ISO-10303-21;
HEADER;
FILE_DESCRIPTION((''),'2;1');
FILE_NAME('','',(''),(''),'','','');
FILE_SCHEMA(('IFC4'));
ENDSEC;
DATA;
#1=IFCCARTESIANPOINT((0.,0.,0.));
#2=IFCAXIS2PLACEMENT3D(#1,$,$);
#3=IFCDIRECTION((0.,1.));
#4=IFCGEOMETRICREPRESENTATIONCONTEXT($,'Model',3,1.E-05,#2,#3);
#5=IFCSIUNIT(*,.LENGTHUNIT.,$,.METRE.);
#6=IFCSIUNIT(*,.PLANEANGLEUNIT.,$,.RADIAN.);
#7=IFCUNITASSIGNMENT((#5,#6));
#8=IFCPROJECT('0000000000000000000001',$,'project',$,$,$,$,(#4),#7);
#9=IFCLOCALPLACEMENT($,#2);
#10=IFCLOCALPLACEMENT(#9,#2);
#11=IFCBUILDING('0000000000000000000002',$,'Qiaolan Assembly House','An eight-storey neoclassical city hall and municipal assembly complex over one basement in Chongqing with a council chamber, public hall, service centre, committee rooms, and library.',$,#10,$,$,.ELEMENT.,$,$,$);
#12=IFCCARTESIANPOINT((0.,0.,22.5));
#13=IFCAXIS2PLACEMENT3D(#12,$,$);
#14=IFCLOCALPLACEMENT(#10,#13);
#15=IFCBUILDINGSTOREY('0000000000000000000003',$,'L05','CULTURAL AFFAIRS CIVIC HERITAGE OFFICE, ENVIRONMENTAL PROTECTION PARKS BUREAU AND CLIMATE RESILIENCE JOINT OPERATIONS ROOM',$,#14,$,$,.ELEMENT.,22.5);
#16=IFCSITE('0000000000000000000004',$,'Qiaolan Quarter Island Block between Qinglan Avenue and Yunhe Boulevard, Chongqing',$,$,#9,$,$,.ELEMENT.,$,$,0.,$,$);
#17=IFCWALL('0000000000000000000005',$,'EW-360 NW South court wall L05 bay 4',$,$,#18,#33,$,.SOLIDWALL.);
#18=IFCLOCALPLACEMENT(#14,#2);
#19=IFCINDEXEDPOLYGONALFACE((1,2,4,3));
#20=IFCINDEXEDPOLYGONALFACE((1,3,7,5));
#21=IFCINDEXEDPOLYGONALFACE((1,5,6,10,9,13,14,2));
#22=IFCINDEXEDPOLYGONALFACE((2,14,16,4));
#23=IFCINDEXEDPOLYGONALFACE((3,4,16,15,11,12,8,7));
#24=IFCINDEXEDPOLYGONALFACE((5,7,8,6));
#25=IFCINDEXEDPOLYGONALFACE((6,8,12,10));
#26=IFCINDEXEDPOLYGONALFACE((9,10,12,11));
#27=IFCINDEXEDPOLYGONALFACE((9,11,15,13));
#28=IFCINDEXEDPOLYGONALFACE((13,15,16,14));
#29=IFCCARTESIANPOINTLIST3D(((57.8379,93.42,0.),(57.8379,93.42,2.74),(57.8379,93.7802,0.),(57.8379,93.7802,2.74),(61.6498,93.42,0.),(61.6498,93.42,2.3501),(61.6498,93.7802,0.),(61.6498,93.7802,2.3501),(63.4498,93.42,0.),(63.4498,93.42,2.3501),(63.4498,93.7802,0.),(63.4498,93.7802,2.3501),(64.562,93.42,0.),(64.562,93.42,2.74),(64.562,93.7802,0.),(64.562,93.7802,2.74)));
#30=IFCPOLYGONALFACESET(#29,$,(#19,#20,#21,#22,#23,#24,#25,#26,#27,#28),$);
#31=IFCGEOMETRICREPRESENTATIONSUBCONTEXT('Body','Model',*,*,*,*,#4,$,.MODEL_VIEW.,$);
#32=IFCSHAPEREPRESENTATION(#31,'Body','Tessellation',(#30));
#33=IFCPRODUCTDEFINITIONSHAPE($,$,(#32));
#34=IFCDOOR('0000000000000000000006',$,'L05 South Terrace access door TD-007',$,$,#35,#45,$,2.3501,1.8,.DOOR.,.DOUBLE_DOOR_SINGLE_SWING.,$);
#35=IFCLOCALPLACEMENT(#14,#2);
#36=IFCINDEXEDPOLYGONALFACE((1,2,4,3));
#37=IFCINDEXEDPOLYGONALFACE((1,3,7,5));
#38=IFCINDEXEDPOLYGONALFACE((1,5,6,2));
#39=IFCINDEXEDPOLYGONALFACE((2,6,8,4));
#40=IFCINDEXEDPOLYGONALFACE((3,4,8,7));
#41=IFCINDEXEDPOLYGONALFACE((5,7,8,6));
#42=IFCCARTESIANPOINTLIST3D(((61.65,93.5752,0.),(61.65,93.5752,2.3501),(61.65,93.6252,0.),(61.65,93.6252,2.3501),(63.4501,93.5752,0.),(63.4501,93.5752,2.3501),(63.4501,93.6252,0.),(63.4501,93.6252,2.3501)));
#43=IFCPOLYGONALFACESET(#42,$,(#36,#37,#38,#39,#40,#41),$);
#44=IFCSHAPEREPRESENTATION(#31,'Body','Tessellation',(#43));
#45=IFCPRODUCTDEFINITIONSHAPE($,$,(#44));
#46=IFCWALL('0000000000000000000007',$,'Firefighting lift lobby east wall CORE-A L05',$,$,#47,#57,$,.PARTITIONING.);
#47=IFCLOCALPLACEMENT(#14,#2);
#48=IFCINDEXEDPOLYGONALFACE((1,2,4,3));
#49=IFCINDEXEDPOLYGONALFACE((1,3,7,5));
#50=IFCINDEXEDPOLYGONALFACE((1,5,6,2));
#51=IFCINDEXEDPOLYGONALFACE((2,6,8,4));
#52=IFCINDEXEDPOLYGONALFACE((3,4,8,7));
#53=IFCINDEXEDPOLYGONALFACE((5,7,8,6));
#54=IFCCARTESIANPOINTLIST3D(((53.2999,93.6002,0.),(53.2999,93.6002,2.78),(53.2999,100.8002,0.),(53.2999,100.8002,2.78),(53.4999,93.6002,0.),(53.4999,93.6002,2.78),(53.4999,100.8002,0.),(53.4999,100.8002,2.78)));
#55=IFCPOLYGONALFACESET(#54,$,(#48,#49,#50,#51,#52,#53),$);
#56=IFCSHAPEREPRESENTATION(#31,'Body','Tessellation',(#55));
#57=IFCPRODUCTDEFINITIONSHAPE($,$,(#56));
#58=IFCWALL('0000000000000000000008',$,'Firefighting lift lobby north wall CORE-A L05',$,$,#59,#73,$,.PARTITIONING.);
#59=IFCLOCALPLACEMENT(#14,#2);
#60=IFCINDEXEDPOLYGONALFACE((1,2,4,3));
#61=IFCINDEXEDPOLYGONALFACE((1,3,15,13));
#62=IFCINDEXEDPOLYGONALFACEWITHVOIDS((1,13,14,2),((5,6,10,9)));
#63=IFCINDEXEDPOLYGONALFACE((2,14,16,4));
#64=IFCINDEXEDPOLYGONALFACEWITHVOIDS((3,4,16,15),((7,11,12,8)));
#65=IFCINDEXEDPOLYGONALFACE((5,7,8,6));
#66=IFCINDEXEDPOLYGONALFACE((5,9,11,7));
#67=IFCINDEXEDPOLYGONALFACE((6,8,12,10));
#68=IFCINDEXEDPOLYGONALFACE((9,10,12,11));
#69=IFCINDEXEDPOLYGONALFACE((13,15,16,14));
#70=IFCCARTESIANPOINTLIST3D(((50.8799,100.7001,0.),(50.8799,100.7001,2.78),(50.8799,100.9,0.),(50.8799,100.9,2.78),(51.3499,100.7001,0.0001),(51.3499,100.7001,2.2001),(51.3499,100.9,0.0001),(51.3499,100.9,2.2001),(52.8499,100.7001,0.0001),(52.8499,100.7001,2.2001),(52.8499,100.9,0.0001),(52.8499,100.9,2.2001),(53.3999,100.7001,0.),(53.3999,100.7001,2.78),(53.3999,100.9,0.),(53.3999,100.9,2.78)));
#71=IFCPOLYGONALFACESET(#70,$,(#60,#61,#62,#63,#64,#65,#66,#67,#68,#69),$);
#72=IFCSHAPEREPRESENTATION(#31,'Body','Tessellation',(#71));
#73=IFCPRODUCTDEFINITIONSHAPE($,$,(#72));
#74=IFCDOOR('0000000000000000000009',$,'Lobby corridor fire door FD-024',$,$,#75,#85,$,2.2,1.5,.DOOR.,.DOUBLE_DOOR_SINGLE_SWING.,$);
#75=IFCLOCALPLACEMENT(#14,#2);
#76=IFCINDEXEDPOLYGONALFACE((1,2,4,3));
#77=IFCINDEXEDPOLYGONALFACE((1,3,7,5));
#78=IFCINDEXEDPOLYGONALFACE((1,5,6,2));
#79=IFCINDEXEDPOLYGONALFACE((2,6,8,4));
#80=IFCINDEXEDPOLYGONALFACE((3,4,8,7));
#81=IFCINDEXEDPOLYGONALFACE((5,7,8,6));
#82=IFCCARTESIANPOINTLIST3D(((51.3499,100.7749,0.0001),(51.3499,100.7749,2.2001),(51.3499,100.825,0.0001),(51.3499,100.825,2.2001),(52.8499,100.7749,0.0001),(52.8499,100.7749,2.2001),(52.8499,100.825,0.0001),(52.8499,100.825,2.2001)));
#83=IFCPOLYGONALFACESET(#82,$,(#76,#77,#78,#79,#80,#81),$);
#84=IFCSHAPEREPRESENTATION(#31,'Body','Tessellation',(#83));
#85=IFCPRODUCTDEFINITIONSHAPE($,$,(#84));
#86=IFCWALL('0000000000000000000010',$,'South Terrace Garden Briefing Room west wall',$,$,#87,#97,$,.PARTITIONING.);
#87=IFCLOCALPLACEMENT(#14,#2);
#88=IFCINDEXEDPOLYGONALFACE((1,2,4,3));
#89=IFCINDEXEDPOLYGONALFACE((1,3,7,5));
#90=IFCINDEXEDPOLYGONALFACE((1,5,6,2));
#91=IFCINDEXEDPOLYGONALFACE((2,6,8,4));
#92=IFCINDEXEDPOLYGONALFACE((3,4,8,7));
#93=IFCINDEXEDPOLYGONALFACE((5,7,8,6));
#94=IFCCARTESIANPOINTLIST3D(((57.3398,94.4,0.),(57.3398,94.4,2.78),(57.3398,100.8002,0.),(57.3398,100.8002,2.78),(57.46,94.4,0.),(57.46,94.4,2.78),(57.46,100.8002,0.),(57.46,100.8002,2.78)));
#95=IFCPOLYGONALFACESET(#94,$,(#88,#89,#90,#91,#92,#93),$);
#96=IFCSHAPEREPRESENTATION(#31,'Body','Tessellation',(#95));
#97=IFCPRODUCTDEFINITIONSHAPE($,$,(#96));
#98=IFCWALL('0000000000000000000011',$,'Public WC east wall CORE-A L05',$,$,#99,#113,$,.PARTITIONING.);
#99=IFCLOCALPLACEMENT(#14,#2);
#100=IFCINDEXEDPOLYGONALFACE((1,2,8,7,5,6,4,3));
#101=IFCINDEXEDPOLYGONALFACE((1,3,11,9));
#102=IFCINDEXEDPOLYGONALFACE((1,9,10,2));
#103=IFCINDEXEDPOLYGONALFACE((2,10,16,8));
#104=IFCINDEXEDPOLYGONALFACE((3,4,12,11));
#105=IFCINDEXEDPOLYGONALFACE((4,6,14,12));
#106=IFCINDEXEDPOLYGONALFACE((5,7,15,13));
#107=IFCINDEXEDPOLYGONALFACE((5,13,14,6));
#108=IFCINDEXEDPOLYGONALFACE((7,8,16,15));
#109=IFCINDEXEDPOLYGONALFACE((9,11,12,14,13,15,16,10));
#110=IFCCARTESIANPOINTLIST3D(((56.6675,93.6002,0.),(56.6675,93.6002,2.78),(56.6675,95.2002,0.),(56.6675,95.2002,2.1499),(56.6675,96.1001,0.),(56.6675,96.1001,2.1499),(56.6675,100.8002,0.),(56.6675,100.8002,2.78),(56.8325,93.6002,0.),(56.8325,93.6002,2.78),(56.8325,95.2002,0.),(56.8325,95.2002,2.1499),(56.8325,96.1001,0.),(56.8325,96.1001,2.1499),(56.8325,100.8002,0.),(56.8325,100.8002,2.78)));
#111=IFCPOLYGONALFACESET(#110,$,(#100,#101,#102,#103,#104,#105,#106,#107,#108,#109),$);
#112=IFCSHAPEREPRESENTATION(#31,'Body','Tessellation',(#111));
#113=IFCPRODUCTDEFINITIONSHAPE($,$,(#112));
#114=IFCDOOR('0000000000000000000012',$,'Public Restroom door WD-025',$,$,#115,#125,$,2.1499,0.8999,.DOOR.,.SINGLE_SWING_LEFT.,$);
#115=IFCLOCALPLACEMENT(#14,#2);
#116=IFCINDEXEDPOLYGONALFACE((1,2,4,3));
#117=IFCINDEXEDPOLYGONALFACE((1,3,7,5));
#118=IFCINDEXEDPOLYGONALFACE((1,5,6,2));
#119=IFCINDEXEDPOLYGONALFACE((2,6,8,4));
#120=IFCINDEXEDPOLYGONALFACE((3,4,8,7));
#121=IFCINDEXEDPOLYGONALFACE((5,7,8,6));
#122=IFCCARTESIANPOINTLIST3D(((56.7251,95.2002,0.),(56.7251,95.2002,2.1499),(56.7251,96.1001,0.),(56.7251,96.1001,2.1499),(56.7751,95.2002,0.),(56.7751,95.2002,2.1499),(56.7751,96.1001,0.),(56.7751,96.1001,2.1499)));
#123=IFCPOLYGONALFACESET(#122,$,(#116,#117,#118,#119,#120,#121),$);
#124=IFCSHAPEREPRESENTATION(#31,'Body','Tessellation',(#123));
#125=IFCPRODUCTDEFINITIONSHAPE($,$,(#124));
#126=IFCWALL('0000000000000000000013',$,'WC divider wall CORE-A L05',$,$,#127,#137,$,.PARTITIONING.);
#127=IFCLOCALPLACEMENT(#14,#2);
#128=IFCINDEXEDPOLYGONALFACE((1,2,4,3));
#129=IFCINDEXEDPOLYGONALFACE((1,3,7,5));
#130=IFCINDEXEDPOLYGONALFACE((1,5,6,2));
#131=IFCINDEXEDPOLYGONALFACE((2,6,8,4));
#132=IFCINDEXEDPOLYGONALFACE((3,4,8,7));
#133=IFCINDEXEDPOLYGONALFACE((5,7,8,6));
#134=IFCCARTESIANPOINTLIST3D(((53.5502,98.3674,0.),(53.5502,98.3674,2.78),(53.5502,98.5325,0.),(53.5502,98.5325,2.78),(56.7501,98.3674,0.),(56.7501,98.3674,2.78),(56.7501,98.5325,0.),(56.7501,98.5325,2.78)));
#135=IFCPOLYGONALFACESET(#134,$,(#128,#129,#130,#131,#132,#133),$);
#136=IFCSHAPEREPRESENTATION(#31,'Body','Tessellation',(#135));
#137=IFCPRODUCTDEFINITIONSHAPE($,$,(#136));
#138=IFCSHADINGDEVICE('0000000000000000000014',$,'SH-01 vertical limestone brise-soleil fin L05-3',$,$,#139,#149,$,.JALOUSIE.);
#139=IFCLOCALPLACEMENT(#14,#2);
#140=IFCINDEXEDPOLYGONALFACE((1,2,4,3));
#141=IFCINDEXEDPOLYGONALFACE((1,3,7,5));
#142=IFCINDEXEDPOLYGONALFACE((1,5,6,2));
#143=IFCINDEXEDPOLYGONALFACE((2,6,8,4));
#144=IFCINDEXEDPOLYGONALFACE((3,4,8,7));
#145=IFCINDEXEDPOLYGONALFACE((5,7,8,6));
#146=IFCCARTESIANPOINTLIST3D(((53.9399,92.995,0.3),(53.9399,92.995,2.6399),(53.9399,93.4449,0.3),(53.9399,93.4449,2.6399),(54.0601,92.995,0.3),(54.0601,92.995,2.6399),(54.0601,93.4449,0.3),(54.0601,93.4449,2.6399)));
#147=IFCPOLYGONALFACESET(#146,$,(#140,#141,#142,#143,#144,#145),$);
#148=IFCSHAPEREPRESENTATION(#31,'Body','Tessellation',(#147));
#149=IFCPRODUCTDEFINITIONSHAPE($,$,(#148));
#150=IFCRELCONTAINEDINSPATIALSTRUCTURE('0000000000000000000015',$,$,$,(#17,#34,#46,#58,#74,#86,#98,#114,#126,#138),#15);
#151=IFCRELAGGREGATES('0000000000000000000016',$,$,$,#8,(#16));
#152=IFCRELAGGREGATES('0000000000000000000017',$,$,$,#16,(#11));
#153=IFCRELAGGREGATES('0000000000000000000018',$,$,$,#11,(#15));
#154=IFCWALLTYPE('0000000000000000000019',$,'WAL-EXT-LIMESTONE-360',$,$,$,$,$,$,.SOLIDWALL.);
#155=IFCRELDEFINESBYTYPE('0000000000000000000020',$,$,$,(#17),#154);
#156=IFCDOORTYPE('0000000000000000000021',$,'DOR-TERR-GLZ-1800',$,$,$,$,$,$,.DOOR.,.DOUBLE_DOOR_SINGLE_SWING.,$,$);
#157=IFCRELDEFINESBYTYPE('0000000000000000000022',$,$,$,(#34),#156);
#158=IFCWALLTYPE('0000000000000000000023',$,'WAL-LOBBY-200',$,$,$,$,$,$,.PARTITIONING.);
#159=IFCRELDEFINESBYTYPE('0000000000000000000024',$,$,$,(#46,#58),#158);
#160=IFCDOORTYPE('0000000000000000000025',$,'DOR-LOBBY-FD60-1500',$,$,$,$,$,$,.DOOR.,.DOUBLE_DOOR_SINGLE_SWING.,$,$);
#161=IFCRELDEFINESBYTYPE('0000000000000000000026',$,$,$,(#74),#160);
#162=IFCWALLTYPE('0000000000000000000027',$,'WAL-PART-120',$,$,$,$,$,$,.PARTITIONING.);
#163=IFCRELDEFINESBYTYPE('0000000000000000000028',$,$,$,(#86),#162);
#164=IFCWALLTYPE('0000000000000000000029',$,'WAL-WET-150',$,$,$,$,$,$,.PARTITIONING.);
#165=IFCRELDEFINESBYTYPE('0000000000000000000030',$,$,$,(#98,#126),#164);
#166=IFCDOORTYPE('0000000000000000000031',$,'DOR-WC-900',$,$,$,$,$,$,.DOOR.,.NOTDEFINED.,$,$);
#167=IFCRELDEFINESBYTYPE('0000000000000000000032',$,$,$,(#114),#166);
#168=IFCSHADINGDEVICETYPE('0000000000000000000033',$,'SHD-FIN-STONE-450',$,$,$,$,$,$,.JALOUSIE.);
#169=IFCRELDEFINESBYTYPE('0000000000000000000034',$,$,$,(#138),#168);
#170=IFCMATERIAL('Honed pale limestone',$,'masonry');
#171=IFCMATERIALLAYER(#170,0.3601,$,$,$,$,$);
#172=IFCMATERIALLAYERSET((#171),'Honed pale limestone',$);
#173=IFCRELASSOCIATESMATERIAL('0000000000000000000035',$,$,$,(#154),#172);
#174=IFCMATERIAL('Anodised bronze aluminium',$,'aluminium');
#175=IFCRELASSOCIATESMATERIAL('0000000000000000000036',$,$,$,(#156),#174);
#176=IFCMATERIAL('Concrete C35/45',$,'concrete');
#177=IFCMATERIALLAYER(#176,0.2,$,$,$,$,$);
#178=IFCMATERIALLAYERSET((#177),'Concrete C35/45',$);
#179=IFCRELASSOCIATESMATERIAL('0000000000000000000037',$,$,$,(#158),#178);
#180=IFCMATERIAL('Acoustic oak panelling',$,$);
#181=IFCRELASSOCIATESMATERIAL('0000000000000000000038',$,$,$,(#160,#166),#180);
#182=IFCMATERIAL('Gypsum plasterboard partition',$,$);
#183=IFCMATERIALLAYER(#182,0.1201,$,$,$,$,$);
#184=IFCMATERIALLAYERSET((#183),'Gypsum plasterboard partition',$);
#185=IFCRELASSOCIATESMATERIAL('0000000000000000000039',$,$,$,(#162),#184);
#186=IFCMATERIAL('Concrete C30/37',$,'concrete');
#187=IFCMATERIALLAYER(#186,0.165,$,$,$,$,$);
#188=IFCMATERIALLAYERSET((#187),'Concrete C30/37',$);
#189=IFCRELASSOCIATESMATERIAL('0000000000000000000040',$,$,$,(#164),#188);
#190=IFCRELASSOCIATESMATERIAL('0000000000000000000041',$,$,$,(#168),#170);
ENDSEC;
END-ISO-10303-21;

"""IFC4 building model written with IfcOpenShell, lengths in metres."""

from ifc_helpers import new_model, si_unit, direction, frame, frame_2d, origin, origin_2d, place, context, subcontext, project, spatial, rectangle, extrude, material, layer, layer_set, material_profile, profile_set, type_object, element, fill, save


model = new_model("IFC4")

# Units and contexts
model_context = context("Model", 3, precision=1e-05, world=origin(), true_north=direction((0.0, 1.0)))
body_context = subcontext(model_context, "Body", "Model", "MODEL_VIEW")
ifc_project = project(units=[si_unit("LENGTHUNIT", "METRE"), si_unit("PLANEANGLEUNIT", "RADIAN")], contexts=[model_context])

# Site, building, storey
site_placement = place(None, origin())
site = spatial("IfcSite", under=ifc_project, at=site_placement, Name="Qiaolan Quarter Island Block between Qinglan Avenue and Yunhe Boulevard, Chongqing", CompositionType="ELEMENT", RefElevation=0.0)
building_placement = place(site_placement, origin())
building = spatial("IfcBuilding", under=site, at=building_placement, Name="Qiaolan Assembly House", Description="An eight-storey neoclassical city hall and municipal assembly complex over one basement in Chongqing with a council chamber, public hall, service centre, committee rooms, and library.", CompositionType="ELEMENT")
storey_placement = place(building_placement, frame((0.0, 0.0, 22.5)))
storey = spatial("IfcBuildingStorey", under=building, at=storey_placement, Name="L05", Description="CULTURAL AFFAIRS CIVIC HERITAGE OFFICE, ENVIRONMENTAL PROTECTION PARKS BUREAU AND CLIMATE RESILIENCE JOINT OPERATIONS ROOM", CompositionType="ELEMENT", Elevation=22.5)

# Shared definitions
ifc_material_1 = material(Name="Honed pale limestone", Category="masonry")
ifc_layer_1 = layer(ifc_material_1, 0.3601)
ifc_layer_set_1 = layer_set([ifc_layer_1], Name="Honed pale limestone")
wall_type_1 = type_object("IfcWallType", Name="WAL-EXT-LIMESTONE-360", PredefinedType="SOLIDWALL", material=ifc_layer_set_1)

# Wall, opening, door
wall_1_placement = place(storey_placement, frame((57.8379, 93.6001, 0.0), z_axis=(0.0, 0.0, 1.0), x_axis=(1.0, 0.0, 0.0)))
wall_1 = element("IfcWall", 1, at=wall_1_placement, inside=storey, type_object=wall_type_1, Name="EW-360 NW South court wall L05 bay 4", PredefinedType="SOLIDWALL", context=body_context, shape_type="SweptSolid", body=[
    extrude(rectangle(XDim=6.7241, YDim=0.3601, at=frame_2d((3.3621, 0.0))), origin(), (0.0, 0.0, 1.0), 2.74),
])
opening_1_placement = place(wall_1_placement, frame((3.812, 0.0, 0.0)))
opening_1 = element("IfcOpeningElement", 2, at=opening_1_placement, cuts=wall_1, PredefinedType="OPENING", context=body_context, shape_type="SweptSolid", body=[
    extrude(rectangle(XDim=1.8, YDim=2.3501, at=frame_2d((0.8999, 1.175))), frame((0.0, 0.1899, 0.0), z_axis=(0.0, -1.0, 0.0), x_axis=(1.0, 0.0, 0.0)), (0.0, 0.0, 1.0), 0.3801),
])
ifc_material_2 = material(Name="Anodised bronze aluminium", Category="aluminium")
door_type_1 = type_object("IfcDoorType", Name="DOR-TERR-GLZ-1800", OperationType="DOUBLE_DOOR_SINGLE_SWING", PredefinedType="DOOR", material=ifc_material_2)
door_1_placement = place(opening_1_placement, frame((1.8, 0.0, 0.0), z_axis=(0.0, 0.0, 1.0), x_axis=(-1.0, 0.0, 0.0)))
door_1 = element("IfcDoor", 3, at=door_1_placement, inside=storey, type_object=door_type_1, Name="L05 South Terrace access door TD-007", OperationType="DOUBLE_DOOR_SINGLE_SWING", OverallHeight=2.3501, OverallWidth=1.8, PredefinedType="DOOR", context=body_context, shape_type="SweptSolid", body=[
    extrude(rectangle(XDim=1.8, YDim=2.3501, at=frame_2d((0.8999, 1.175))), frame((0.0, 0.0249, 0.0), z_axis=(0.0, -1.0, 0.0), x_axis=(1.0, 0.0, 0.0)), (0.0, 0.0, 1.0), 0.05),
])
fill(opening_1, door_1)

# Wall
ifc_material_3 = material(Name="Concrete C35/45", Category="concrete")
ifc_layer_2 = layer(ifc_material_3, 0.2)
ifc_layer_set_2 = layer_set([ifc_layer_2], Name="Concrete C35/45")
wall_type_2 = type_object("IfcWallType", Name="WAL-LOBBY-200", PredefinedType="PARTITIONING", material=ifc_layer_set_2)
wall_2_placement = place(storey_placement, frame((53.3999, 93.6001, 0.0), z_axis=(0.0, 0.0, 1.0), x_axis=(0.0, 1.0, 0.0)))
element("IfcWall", 4, at=wall_2_placement, inside=storey, type_object=wall_type_2, Name="Firefighting lift lobby east wall CORE-A L05", PredefinedType="PARTITIONING", context=body_context, shape_type="SweptSolid", body=[
    extrude(rectangle(XDim=7.2, YDim=0.2, at=frame_2d((3.6001, 0.0))), origin(), (0.0, 0.0, 1.0), 2.78),
])

# Wall, opening, door
wall_3_placement = place(storey_placement, frame((53.3999, 100.8, 0.0), z_axis=(0.0, 0.0, 1.0), x_axis=(-1.0, 0.0, 0.0)))
wall_3 = element("IfcWall", 5, at=wall_3_placement, inside=storey, type_object=wall_type_2, Name="Firefighting lift lobby north wall CORE-A L05", PredefinedType="PARTITIONING", context=body_context, shape_type="SweptSolid", body=[
    extrude(rectangle(XDim=2.52, YDim=0.2, at=frame_2d((1.26, 0.0))), origin(), (0.0, 0.0, 1.0), 2.78),
])
opening_2_placement = place(wall_3_placement, frame((0.55, 0.0, 0.0)))
opening_2 = element("IfcOpeningElement", 6, at=opening_2_placement, cuts=wall_3, PredefinedType="OPENING", context=body_context, shape_type="SweptSolid", body=[
    extrude(rectangle(XDim=1.5, YDim=2.2, at=frame_2d((0.75, 1.1001))), frame((0.0, 0.1099, 0.0), z_axis=(0.0, -1.0, 0.0), x_axis=(1.0, 0.0, 0.0)), (0.0, 0.0, 1.0), 0.22),
])
ifc_material_4 = material(Name="Acoustic oak panelling")
door_type_2 = type_object("IfcDoorType", Name="DOR-LOBBY-FD60-1500", OperationType="DOUBLE_DOOR_SINGLE_SWING", PredefinedType="DOOR", material=ifc_material_4)
door_2_placement = place(opening_2_placement, frame((1.5, 0.0, 0.0), z_axis=(0.0, 0.0, 1.0), x_axis=(-1.0, 0.0, 0.0)))
door_2 = element("IfcDoor", 7, at=door_2_placement, inside=storey, type_object=door_type_2, Name="Lobby corridor fire door FD-024", OperationType="DOUBLE_DOOR_SINGLE_SWING", OverallHeight=2.2, OverallWidth=1.5, PredefinedType="DOOR", context=body_context, shape_type="SweptSolid", body=[
    extrude(rectangle(XDim=1.5, YDim=2.2, at=frame_2d((0.75, 1.1001))), frame((0.0, 0.0249, 0.0), z_axis=(0.0, -1.0, 0.0), x_axis=(1.0, 0.0, 0.0)), (0.0, 0.0, 1.0), 0.05),
])
fill(opening_2, door_2)

# Wall
ifc_material_5 = material(Name="Gypsum plasterboard partition")
ifc_layer_3 = layer(ifc_material_5, 0.1201)
ifc_layer_set_3 = layer_set([ifc_layer_3], Name="Gypsum plasterboard partition")
wall_type_3 = type_object("IfcWallType", Name="WAL-PART-120", PredefinedType="PARTITIONING", material=ifc_layer_set_3)
wall_4_placement = place(storey_placement, frame((57.3999, 94.3999, 0.0), z_axis=(0.0, 0.0, 1.0), x_axis=(0.0, 1.0, 0.0)))
element("IfcWall", 8, at=wall_4_placement, inside=storey, type_object=wall_type_3, Name="South Terrace Garden Briefing Room west wall", PredefinedType="PARTITIONING", context=body_context, shape_type="SweptSolid", body=[
    extrude(rectangle(XDim=6.4001, YDim=0.1201, at=frame_2d((3.2002, 0.0))), origin(), (0.0, 0.0, 1.0), 2.78),
])

# Wall, opening, door
ifc_material_6 = material(Name="Concrete C30/37", Category="concrete")
ifc_layer_4 = layer(ifc_material_6, 0.165)
ifc_layer_set_4 = layer_set([ifc_layer_4], Name="Concrete C30/37")
wall_type_4 = type_object("IfcWallType", Name="WAL-WET-150", PredefinedType="PARTITIONING", material=ifc_layer_set_4)
wall_5_placement = place(storey_placement, frame((56.75, 93.6001, 0.0), z_axis=(0.0, 0.0, 1.0), x_axis=(0.0, 1.0, 0.0)))
wall_5 = element("IfcWall", 9, at=wall_5_placement, inside=storey, type_object=wall_type_4, Name="Public WC east wall CORE-A L05", PredefinedType="PARTITIONING", context=body_context, shape_type="SweptSolid", body=[
    extrude(rectangle(XDim=7.2, YDim=0.165, at=frame_2d((3.6001, 0.0))), origin(), (0.0, 0.0, 1.0), 2.78),
])
opening_3_placement = place(wall_5_placement, frame((1.6001, 0.0, 0.0)))
opening_3 = element("IfcOpeningElement", 10, at=opening_3_placement, cuts=wall_5, PredefinedType="OPENING", context=body_context, shape_type="SweptSolid", body=[
    extrude(rectangle(XDim=0.8999, YDim=2.1499, at=frame_2d((0.45, 1.075))), frame((0.0, 0.0925, 0.0), z_axis=(0.0, -1.0, 0.0), x_axis=(1.0, 0.0, 0.0)), (0.0, 0.0, 1.0), 0.1851),
])
door_type_3 = type_object("IfcDoorType", Name="DOR-WC-900", OperationType="NOTDEFINED", PredefinedType="DOOR", material=ifc_material_4)
door_3_placement = place(opening_3_placement, origin())
door_3 = element("IfcDoor", 11, at=door_3_placement, inside=storey, type_object=door_type_3, Name="Public Restroom door WD-025", OperationType="SINGLE_SWING_LEFT", OverallHeight=2.1499, OverallWidth=0.8999, PredefinedType="DOOR", context=body_context, shape_type="SweptSolid", body=[
    extrude(rectangle(XDim=0.8999, YDim=2.1499, at=frame_2d((0.45, 1.075))), frame((0.0, 0.0249, 0.0), z_axis=(0.0, -1.0, 0.0), x_axis=(1.0, 0.0, 0.0)), (0.0, 0.0, 1.0), 0.05),
])
fill(opening_3, door_3)

# Wall
wall_6_placement = place(storey_placement, frame((53.55, 98.45, 0.0), z_axis=(0.0, 0.0, 1.0), x_axis=(1.0, 0.0, 0.0)))
element("IfcWall", 12, at=wall_6_placement, inside=storey, type_object=wall_type_4, Name="WC divider wall CORE-A L05", PredefinedType="PARTITIONING", context=body_context, shape_type="SweptSolid", body=[
    extrude(rectangle(XDim=3.2, YDim=0.165, at=frame_2d((1.6001, 0.0))), origin(), (0.0, 0.0, 1.0), 2.78),
])

# Shading device
ifc_material_profile_1 = material_profile(ifc_material_1, rectangle(XDim=0.1201, YDim=0.45, at=origin_2d()), Name="FIN 120x450")
ifc_profile_set_1 = profile_set([ifc_material_profile_1], Name="Honed pale limestone")
shading_device_type = type_object("IfcShadingDeviceType", Name="SHD-FIN-STONE-450", PredefinedType="JALOUSIE", material=ifc_profile_set_1)
shading_device_placement = place(storey_placement, frame((54.0, 93.22, 0.3), z_axis=(0.0, 0.0, 1.0), x_axis=(1.0, 0.0, 0.0)))
element("IfcShadingDevice", 13, at=shading_device_placement, inside=storey, type_object=shading_device_type, Name="SH-01 vertical limestone brise-soleil fin L05-3", PredefinedType="JALOUSIE", context=body_context, shape_type="SweptSolid", body=[
    extrude(rectangle(XDim=0.1201, YDim=0.45, at=origin_2d()), origin(), (0.0, 0.0, 1.0), 2.3398),
])

save(model, "model.ifc")
